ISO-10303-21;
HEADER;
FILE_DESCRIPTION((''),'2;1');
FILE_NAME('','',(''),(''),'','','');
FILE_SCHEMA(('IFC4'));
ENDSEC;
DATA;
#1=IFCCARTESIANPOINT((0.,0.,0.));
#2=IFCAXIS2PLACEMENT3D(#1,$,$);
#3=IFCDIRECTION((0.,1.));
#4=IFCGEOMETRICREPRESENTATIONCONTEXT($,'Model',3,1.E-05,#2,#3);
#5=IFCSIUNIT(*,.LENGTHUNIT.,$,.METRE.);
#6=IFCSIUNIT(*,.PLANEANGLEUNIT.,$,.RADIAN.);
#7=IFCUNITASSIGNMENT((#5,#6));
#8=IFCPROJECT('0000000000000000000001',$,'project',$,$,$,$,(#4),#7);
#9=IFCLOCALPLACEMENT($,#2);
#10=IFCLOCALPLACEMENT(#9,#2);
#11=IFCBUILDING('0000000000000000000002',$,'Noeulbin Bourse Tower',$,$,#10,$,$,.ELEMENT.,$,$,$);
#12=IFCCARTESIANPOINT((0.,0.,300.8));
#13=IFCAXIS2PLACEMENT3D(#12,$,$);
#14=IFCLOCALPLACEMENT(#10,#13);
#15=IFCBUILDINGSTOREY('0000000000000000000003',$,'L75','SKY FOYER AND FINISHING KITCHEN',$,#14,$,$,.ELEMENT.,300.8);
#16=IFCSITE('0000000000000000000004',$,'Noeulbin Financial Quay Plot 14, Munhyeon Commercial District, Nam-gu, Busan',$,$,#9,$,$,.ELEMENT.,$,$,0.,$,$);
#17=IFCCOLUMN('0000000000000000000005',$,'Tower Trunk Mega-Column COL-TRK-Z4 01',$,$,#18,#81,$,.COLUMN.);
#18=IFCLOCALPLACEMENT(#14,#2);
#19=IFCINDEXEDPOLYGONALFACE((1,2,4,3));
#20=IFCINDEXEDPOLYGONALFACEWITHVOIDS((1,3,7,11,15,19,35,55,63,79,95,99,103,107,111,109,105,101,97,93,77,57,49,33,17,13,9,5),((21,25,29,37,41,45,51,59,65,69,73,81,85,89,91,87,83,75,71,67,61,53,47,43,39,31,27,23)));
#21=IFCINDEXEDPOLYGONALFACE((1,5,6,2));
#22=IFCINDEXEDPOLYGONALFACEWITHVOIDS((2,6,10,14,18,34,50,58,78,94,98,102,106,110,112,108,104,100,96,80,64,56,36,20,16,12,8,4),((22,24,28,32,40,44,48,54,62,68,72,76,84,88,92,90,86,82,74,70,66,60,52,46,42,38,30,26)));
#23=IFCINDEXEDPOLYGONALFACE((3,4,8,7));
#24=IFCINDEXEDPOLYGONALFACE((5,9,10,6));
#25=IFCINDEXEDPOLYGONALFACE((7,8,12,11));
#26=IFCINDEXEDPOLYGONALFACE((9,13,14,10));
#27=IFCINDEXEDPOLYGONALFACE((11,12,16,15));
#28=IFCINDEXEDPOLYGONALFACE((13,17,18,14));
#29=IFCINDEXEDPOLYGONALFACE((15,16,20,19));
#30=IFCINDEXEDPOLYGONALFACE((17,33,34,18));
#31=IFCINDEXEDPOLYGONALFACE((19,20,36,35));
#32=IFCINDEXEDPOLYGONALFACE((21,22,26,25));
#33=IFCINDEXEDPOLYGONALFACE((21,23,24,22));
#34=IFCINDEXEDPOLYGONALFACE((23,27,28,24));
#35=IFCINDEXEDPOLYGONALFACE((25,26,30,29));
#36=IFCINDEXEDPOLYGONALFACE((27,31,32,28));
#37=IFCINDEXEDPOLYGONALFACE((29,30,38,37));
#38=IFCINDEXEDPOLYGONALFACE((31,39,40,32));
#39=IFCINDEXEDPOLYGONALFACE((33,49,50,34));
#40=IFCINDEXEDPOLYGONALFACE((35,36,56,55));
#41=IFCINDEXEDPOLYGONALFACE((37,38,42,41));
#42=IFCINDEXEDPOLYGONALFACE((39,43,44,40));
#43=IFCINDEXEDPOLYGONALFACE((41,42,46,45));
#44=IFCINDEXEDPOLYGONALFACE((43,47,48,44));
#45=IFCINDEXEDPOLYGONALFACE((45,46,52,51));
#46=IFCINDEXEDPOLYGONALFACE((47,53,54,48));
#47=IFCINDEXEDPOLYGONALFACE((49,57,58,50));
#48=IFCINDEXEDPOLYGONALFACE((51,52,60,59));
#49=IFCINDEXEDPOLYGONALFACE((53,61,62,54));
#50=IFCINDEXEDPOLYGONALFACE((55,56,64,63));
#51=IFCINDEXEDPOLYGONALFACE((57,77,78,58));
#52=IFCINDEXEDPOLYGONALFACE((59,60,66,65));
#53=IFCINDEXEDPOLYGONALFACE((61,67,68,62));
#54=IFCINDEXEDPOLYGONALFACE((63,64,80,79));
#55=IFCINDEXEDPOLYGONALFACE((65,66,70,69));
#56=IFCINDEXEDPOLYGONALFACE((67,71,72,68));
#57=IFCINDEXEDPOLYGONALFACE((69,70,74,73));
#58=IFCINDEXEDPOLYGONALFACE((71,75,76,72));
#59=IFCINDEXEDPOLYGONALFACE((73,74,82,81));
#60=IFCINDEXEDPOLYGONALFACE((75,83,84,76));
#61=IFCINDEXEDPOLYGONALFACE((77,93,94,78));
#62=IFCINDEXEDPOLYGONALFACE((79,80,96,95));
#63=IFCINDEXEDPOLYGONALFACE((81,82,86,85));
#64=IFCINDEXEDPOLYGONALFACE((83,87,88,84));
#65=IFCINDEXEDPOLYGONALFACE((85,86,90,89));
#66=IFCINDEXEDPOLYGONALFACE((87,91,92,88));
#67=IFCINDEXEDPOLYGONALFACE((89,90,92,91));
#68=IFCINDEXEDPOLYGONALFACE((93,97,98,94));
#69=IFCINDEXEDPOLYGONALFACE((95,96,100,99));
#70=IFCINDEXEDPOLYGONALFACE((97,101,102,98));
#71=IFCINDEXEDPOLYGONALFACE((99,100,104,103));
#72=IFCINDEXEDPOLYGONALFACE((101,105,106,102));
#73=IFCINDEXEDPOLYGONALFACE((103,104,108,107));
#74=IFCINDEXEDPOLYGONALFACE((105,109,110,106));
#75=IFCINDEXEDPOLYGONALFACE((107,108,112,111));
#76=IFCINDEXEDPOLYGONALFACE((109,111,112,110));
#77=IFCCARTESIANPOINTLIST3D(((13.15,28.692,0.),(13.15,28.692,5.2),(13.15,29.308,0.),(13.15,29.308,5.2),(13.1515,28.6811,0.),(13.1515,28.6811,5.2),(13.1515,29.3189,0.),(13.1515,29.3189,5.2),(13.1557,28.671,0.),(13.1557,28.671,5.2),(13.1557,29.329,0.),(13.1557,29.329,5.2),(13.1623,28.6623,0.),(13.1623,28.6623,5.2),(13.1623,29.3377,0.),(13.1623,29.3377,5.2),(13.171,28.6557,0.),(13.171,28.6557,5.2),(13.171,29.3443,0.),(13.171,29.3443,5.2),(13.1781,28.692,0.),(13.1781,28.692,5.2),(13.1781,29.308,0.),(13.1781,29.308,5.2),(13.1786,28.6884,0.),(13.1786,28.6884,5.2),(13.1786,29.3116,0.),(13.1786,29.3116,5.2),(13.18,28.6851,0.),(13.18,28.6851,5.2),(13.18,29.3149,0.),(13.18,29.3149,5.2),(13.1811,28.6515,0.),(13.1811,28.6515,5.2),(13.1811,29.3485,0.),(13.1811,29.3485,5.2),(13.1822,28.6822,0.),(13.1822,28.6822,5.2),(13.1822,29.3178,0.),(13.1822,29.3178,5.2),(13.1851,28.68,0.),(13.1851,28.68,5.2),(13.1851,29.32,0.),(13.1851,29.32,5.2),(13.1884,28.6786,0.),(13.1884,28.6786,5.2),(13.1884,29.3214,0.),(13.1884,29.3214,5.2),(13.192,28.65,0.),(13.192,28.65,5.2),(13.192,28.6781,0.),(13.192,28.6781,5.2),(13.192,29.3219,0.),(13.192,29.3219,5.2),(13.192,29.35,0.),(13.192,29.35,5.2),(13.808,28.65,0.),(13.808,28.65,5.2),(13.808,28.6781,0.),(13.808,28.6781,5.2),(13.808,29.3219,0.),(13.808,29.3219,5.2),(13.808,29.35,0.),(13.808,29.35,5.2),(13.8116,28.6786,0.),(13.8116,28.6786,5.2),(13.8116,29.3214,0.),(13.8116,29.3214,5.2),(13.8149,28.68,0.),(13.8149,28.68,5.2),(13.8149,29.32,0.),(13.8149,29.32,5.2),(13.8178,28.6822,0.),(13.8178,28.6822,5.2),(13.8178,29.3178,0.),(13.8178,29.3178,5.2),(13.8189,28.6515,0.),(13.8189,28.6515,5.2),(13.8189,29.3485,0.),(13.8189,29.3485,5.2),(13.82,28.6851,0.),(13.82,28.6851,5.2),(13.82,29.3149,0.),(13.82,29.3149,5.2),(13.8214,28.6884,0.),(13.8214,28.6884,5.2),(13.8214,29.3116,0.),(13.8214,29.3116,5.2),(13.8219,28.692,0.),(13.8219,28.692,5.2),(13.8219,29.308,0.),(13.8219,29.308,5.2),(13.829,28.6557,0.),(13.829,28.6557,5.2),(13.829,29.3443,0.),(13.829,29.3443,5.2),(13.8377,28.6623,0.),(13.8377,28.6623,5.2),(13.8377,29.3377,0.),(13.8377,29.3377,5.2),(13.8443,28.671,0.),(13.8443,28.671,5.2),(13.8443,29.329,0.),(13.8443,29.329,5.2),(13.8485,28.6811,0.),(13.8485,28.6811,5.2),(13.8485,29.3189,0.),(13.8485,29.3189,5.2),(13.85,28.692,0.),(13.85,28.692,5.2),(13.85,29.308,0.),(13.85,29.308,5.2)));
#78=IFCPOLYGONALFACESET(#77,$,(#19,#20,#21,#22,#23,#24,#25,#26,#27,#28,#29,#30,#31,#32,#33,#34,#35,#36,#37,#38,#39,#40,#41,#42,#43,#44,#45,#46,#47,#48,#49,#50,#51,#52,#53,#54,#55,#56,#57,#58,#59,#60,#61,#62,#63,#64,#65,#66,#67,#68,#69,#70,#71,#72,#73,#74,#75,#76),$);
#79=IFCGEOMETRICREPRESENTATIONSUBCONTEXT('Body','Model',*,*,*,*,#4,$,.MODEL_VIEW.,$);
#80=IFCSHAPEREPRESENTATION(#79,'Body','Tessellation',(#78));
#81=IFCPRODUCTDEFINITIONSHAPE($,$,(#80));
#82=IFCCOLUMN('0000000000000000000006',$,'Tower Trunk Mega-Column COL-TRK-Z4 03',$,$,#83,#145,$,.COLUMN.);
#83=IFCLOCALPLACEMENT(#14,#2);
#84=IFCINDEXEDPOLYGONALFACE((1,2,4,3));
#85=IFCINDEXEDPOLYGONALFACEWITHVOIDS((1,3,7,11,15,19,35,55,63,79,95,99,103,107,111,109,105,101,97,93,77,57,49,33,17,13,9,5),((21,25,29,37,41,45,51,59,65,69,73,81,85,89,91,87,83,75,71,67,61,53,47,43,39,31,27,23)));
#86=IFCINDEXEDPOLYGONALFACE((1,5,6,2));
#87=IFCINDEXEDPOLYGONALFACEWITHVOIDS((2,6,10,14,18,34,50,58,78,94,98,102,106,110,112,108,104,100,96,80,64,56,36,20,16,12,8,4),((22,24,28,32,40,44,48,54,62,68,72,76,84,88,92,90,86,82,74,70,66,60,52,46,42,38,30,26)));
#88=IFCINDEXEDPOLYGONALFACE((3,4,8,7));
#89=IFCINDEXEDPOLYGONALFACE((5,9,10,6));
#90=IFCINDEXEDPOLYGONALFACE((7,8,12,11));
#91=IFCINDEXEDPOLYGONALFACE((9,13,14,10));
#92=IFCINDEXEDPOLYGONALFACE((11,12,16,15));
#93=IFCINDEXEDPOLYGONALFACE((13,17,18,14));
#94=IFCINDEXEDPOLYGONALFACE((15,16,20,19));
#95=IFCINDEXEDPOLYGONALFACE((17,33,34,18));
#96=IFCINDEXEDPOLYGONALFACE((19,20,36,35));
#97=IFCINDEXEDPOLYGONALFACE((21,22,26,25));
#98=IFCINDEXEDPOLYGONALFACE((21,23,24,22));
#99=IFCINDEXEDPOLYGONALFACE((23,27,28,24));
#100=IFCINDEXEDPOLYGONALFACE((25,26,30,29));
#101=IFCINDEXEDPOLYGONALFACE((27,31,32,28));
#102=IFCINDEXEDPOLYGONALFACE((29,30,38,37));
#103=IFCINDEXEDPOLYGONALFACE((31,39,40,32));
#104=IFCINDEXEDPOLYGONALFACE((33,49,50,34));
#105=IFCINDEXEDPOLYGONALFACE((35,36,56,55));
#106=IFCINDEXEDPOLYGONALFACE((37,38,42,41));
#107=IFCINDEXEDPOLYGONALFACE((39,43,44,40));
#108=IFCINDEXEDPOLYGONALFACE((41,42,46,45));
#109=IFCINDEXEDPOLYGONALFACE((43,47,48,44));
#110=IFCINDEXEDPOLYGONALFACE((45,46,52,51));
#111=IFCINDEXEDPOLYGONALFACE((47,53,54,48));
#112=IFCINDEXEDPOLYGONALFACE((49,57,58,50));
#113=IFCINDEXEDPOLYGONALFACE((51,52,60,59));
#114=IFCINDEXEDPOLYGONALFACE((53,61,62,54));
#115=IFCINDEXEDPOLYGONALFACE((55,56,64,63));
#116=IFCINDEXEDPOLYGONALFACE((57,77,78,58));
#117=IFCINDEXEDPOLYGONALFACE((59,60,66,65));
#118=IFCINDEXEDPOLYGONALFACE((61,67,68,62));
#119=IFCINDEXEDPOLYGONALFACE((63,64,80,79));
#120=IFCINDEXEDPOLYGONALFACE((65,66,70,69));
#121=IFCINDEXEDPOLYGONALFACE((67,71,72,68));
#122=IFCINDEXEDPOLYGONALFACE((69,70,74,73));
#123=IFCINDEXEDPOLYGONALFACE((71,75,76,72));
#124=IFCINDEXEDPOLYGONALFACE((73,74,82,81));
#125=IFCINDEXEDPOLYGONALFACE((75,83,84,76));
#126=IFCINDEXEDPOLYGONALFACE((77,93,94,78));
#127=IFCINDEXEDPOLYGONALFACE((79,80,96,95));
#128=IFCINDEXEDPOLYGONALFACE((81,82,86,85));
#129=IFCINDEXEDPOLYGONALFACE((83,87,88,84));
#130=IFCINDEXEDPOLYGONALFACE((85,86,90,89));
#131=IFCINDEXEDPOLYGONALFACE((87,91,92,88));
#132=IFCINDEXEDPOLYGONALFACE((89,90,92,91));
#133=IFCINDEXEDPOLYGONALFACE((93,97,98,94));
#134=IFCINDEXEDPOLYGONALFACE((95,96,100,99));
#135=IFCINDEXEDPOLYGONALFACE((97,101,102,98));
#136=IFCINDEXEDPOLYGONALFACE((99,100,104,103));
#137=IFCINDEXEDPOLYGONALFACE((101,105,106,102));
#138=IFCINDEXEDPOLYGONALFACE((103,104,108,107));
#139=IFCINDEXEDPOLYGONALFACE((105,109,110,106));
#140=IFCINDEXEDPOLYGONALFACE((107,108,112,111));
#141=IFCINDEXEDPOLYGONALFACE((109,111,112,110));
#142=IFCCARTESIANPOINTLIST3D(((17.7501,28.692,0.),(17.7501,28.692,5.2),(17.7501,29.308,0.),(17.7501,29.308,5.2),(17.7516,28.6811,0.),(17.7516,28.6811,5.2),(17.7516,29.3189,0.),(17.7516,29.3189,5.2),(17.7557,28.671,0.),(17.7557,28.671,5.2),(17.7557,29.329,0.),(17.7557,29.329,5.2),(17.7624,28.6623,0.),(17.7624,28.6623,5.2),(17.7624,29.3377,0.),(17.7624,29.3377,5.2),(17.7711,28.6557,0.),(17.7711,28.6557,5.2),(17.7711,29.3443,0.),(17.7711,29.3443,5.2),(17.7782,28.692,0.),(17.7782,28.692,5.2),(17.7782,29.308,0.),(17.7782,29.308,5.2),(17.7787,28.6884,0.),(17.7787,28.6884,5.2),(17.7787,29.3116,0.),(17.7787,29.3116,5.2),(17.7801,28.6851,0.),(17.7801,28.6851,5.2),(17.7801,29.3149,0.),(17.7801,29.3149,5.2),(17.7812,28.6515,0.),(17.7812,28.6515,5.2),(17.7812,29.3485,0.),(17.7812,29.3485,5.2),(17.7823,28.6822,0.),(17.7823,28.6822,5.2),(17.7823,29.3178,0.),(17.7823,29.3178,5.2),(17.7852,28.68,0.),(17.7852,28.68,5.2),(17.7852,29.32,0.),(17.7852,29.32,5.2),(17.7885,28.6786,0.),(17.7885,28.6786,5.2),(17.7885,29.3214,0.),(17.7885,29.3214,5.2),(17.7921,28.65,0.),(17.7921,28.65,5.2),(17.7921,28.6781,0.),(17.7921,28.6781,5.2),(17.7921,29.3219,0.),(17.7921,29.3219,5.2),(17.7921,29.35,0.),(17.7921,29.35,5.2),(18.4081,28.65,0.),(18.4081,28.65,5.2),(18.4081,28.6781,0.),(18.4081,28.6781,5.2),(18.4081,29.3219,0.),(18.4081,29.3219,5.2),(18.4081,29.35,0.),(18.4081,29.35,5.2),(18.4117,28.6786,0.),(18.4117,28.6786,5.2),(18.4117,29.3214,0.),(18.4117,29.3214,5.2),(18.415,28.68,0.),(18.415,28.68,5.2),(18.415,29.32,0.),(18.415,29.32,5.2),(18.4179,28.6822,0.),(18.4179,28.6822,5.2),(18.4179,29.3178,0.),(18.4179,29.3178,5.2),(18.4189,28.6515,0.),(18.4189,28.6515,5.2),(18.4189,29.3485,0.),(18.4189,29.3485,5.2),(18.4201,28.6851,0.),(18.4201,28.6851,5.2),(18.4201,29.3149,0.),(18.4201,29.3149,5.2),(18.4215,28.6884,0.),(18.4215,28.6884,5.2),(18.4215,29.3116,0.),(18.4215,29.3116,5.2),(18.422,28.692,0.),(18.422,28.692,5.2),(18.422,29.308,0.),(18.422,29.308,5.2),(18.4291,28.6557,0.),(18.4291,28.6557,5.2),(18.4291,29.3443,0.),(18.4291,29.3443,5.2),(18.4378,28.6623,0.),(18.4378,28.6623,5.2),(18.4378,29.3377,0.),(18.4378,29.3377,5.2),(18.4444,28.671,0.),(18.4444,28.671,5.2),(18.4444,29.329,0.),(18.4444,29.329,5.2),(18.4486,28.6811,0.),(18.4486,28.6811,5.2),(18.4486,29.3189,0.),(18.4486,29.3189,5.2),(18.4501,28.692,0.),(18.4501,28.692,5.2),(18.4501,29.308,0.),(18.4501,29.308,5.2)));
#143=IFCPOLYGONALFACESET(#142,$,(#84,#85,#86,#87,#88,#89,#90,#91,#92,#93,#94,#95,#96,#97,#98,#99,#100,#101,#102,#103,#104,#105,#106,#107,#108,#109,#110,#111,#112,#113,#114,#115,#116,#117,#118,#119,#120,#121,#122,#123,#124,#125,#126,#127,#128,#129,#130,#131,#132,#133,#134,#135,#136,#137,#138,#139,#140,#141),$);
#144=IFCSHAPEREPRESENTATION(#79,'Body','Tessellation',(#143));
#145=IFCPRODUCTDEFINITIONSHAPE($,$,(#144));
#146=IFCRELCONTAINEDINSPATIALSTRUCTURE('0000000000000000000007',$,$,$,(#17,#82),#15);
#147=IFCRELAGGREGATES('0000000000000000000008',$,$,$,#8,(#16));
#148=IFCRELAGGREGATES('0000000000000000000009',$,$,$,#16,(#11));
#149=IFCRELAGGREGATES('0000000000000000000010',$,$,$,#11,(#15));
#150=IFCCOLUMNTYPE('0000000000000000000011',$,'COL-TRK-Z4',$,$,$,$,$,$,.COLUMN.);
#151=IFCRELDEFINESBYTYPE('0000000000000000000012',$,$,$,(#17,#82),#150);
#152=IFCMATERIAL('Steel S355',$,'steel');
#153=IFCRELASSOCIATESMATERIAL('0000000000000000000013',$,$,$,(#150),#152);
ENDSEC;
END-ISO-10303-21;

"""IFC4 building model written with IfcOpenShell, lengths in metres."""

from ifc_helpers import new_model, si_unit, direction, frame, origin, origin_2d, place, context, subcontext, project, spatial, hollow_rectangle, extrude, material, material_profile, profile_set, type_object, element, save


model = new_model("IFC4")

# Units and contexts
model_context = context("Model", 3, precision=1e-05, world=origin(), true_north=direction((0.0, 1.0)))
body_context = subcontext(model_context, "Body", "Model", "MODEL_VIEW")
ifc_project = project(units=[si_unit("LENGTHUNIT", "METRE"), si_unit("PLANEANGLEUNIT", "RADIAN")], contexts=[model_context])

# Site, building, storey
site_placement = place(None, origin())
site = spatial("IfcSite", under=ifc_project, at=site_placement, Name="Noeulbin Financial Quay Plot 14, Munhyeon Commercial District, Nam-gu, Busan", CompositionType="ELEMENT", RefElevation=0.0)
building_placement = place(site_placement, origin())
building = spatial("IfcBuilding", under=site, at=building_placement, Name="Noeulbin Bourse Tower", CompositionType="ELEMENT")
storey_placement = place(building_placement, frame((0.0, 0.0, 300.8)))
storey = spatial("IfcBuildingStorey", under=building, at=storey_placement, Name="L75", Description="SKY FOYER AND FINISHING KITCHEN", CompositionType="ELEMENT", Elevation=300.8)

# Columns
ifc_material_1 = material(Name="Steel S355", Category="steel")
ifc_material_profile_1 = material_profile(ifc_material_1, hollow_rectangle(XDim=0.7, YDim=0.7, WallThickness=0.0281, InnerFilletRadius=0.0139, OuterFilletRadius=0.042, at=origin_2d()), Name="BOX-700x700x28", Category="LoadBearing")
ifc_profile_set_1 = profile_set([ifc_material_profile_1], Name="Steel S355")
column_type = type_object("IfcColumnType", Name="COL-TRK-Z4", PredefinedType="COLUMN", material=ifc_profile_set_1)
for number, where, z_axis, x_axis, name in (
    (1, (13.5, 29.0, 0.0), (0.0, 0.0, 1.0), (1.0, 0.0, 0.0), "Tower Trunk Mega-Column COL-TRK-Z4 01"),
    (2, (18.1001, 29.0, 0.0), (0.0, 0.0, 1.0), (1.0, 0.0, 0.0), "Tower Trunk Mega-Column COL-TRK-Z4 03"),
):
    element("IfcColumn", number, at=place(storey_placement, frame(where, z_axis=z_axis, x_axis=x_axis)), inside=storey, type_object=column_type, Name=name, PredefinedType="COLUMN", context=body_context, shape_type="SweptSolid", body=[
        extrude(hollow_rectangle(XDim=0.7, YDim=0.7, WallThickness=0.0281, InnerFilletRadius=0.0139, OuterFilletRadius=0.042, at=origin_2d()), origin(), (0.0, 0.0, 1.0), 5.2),
    ])

save(model, "model.ifc")
